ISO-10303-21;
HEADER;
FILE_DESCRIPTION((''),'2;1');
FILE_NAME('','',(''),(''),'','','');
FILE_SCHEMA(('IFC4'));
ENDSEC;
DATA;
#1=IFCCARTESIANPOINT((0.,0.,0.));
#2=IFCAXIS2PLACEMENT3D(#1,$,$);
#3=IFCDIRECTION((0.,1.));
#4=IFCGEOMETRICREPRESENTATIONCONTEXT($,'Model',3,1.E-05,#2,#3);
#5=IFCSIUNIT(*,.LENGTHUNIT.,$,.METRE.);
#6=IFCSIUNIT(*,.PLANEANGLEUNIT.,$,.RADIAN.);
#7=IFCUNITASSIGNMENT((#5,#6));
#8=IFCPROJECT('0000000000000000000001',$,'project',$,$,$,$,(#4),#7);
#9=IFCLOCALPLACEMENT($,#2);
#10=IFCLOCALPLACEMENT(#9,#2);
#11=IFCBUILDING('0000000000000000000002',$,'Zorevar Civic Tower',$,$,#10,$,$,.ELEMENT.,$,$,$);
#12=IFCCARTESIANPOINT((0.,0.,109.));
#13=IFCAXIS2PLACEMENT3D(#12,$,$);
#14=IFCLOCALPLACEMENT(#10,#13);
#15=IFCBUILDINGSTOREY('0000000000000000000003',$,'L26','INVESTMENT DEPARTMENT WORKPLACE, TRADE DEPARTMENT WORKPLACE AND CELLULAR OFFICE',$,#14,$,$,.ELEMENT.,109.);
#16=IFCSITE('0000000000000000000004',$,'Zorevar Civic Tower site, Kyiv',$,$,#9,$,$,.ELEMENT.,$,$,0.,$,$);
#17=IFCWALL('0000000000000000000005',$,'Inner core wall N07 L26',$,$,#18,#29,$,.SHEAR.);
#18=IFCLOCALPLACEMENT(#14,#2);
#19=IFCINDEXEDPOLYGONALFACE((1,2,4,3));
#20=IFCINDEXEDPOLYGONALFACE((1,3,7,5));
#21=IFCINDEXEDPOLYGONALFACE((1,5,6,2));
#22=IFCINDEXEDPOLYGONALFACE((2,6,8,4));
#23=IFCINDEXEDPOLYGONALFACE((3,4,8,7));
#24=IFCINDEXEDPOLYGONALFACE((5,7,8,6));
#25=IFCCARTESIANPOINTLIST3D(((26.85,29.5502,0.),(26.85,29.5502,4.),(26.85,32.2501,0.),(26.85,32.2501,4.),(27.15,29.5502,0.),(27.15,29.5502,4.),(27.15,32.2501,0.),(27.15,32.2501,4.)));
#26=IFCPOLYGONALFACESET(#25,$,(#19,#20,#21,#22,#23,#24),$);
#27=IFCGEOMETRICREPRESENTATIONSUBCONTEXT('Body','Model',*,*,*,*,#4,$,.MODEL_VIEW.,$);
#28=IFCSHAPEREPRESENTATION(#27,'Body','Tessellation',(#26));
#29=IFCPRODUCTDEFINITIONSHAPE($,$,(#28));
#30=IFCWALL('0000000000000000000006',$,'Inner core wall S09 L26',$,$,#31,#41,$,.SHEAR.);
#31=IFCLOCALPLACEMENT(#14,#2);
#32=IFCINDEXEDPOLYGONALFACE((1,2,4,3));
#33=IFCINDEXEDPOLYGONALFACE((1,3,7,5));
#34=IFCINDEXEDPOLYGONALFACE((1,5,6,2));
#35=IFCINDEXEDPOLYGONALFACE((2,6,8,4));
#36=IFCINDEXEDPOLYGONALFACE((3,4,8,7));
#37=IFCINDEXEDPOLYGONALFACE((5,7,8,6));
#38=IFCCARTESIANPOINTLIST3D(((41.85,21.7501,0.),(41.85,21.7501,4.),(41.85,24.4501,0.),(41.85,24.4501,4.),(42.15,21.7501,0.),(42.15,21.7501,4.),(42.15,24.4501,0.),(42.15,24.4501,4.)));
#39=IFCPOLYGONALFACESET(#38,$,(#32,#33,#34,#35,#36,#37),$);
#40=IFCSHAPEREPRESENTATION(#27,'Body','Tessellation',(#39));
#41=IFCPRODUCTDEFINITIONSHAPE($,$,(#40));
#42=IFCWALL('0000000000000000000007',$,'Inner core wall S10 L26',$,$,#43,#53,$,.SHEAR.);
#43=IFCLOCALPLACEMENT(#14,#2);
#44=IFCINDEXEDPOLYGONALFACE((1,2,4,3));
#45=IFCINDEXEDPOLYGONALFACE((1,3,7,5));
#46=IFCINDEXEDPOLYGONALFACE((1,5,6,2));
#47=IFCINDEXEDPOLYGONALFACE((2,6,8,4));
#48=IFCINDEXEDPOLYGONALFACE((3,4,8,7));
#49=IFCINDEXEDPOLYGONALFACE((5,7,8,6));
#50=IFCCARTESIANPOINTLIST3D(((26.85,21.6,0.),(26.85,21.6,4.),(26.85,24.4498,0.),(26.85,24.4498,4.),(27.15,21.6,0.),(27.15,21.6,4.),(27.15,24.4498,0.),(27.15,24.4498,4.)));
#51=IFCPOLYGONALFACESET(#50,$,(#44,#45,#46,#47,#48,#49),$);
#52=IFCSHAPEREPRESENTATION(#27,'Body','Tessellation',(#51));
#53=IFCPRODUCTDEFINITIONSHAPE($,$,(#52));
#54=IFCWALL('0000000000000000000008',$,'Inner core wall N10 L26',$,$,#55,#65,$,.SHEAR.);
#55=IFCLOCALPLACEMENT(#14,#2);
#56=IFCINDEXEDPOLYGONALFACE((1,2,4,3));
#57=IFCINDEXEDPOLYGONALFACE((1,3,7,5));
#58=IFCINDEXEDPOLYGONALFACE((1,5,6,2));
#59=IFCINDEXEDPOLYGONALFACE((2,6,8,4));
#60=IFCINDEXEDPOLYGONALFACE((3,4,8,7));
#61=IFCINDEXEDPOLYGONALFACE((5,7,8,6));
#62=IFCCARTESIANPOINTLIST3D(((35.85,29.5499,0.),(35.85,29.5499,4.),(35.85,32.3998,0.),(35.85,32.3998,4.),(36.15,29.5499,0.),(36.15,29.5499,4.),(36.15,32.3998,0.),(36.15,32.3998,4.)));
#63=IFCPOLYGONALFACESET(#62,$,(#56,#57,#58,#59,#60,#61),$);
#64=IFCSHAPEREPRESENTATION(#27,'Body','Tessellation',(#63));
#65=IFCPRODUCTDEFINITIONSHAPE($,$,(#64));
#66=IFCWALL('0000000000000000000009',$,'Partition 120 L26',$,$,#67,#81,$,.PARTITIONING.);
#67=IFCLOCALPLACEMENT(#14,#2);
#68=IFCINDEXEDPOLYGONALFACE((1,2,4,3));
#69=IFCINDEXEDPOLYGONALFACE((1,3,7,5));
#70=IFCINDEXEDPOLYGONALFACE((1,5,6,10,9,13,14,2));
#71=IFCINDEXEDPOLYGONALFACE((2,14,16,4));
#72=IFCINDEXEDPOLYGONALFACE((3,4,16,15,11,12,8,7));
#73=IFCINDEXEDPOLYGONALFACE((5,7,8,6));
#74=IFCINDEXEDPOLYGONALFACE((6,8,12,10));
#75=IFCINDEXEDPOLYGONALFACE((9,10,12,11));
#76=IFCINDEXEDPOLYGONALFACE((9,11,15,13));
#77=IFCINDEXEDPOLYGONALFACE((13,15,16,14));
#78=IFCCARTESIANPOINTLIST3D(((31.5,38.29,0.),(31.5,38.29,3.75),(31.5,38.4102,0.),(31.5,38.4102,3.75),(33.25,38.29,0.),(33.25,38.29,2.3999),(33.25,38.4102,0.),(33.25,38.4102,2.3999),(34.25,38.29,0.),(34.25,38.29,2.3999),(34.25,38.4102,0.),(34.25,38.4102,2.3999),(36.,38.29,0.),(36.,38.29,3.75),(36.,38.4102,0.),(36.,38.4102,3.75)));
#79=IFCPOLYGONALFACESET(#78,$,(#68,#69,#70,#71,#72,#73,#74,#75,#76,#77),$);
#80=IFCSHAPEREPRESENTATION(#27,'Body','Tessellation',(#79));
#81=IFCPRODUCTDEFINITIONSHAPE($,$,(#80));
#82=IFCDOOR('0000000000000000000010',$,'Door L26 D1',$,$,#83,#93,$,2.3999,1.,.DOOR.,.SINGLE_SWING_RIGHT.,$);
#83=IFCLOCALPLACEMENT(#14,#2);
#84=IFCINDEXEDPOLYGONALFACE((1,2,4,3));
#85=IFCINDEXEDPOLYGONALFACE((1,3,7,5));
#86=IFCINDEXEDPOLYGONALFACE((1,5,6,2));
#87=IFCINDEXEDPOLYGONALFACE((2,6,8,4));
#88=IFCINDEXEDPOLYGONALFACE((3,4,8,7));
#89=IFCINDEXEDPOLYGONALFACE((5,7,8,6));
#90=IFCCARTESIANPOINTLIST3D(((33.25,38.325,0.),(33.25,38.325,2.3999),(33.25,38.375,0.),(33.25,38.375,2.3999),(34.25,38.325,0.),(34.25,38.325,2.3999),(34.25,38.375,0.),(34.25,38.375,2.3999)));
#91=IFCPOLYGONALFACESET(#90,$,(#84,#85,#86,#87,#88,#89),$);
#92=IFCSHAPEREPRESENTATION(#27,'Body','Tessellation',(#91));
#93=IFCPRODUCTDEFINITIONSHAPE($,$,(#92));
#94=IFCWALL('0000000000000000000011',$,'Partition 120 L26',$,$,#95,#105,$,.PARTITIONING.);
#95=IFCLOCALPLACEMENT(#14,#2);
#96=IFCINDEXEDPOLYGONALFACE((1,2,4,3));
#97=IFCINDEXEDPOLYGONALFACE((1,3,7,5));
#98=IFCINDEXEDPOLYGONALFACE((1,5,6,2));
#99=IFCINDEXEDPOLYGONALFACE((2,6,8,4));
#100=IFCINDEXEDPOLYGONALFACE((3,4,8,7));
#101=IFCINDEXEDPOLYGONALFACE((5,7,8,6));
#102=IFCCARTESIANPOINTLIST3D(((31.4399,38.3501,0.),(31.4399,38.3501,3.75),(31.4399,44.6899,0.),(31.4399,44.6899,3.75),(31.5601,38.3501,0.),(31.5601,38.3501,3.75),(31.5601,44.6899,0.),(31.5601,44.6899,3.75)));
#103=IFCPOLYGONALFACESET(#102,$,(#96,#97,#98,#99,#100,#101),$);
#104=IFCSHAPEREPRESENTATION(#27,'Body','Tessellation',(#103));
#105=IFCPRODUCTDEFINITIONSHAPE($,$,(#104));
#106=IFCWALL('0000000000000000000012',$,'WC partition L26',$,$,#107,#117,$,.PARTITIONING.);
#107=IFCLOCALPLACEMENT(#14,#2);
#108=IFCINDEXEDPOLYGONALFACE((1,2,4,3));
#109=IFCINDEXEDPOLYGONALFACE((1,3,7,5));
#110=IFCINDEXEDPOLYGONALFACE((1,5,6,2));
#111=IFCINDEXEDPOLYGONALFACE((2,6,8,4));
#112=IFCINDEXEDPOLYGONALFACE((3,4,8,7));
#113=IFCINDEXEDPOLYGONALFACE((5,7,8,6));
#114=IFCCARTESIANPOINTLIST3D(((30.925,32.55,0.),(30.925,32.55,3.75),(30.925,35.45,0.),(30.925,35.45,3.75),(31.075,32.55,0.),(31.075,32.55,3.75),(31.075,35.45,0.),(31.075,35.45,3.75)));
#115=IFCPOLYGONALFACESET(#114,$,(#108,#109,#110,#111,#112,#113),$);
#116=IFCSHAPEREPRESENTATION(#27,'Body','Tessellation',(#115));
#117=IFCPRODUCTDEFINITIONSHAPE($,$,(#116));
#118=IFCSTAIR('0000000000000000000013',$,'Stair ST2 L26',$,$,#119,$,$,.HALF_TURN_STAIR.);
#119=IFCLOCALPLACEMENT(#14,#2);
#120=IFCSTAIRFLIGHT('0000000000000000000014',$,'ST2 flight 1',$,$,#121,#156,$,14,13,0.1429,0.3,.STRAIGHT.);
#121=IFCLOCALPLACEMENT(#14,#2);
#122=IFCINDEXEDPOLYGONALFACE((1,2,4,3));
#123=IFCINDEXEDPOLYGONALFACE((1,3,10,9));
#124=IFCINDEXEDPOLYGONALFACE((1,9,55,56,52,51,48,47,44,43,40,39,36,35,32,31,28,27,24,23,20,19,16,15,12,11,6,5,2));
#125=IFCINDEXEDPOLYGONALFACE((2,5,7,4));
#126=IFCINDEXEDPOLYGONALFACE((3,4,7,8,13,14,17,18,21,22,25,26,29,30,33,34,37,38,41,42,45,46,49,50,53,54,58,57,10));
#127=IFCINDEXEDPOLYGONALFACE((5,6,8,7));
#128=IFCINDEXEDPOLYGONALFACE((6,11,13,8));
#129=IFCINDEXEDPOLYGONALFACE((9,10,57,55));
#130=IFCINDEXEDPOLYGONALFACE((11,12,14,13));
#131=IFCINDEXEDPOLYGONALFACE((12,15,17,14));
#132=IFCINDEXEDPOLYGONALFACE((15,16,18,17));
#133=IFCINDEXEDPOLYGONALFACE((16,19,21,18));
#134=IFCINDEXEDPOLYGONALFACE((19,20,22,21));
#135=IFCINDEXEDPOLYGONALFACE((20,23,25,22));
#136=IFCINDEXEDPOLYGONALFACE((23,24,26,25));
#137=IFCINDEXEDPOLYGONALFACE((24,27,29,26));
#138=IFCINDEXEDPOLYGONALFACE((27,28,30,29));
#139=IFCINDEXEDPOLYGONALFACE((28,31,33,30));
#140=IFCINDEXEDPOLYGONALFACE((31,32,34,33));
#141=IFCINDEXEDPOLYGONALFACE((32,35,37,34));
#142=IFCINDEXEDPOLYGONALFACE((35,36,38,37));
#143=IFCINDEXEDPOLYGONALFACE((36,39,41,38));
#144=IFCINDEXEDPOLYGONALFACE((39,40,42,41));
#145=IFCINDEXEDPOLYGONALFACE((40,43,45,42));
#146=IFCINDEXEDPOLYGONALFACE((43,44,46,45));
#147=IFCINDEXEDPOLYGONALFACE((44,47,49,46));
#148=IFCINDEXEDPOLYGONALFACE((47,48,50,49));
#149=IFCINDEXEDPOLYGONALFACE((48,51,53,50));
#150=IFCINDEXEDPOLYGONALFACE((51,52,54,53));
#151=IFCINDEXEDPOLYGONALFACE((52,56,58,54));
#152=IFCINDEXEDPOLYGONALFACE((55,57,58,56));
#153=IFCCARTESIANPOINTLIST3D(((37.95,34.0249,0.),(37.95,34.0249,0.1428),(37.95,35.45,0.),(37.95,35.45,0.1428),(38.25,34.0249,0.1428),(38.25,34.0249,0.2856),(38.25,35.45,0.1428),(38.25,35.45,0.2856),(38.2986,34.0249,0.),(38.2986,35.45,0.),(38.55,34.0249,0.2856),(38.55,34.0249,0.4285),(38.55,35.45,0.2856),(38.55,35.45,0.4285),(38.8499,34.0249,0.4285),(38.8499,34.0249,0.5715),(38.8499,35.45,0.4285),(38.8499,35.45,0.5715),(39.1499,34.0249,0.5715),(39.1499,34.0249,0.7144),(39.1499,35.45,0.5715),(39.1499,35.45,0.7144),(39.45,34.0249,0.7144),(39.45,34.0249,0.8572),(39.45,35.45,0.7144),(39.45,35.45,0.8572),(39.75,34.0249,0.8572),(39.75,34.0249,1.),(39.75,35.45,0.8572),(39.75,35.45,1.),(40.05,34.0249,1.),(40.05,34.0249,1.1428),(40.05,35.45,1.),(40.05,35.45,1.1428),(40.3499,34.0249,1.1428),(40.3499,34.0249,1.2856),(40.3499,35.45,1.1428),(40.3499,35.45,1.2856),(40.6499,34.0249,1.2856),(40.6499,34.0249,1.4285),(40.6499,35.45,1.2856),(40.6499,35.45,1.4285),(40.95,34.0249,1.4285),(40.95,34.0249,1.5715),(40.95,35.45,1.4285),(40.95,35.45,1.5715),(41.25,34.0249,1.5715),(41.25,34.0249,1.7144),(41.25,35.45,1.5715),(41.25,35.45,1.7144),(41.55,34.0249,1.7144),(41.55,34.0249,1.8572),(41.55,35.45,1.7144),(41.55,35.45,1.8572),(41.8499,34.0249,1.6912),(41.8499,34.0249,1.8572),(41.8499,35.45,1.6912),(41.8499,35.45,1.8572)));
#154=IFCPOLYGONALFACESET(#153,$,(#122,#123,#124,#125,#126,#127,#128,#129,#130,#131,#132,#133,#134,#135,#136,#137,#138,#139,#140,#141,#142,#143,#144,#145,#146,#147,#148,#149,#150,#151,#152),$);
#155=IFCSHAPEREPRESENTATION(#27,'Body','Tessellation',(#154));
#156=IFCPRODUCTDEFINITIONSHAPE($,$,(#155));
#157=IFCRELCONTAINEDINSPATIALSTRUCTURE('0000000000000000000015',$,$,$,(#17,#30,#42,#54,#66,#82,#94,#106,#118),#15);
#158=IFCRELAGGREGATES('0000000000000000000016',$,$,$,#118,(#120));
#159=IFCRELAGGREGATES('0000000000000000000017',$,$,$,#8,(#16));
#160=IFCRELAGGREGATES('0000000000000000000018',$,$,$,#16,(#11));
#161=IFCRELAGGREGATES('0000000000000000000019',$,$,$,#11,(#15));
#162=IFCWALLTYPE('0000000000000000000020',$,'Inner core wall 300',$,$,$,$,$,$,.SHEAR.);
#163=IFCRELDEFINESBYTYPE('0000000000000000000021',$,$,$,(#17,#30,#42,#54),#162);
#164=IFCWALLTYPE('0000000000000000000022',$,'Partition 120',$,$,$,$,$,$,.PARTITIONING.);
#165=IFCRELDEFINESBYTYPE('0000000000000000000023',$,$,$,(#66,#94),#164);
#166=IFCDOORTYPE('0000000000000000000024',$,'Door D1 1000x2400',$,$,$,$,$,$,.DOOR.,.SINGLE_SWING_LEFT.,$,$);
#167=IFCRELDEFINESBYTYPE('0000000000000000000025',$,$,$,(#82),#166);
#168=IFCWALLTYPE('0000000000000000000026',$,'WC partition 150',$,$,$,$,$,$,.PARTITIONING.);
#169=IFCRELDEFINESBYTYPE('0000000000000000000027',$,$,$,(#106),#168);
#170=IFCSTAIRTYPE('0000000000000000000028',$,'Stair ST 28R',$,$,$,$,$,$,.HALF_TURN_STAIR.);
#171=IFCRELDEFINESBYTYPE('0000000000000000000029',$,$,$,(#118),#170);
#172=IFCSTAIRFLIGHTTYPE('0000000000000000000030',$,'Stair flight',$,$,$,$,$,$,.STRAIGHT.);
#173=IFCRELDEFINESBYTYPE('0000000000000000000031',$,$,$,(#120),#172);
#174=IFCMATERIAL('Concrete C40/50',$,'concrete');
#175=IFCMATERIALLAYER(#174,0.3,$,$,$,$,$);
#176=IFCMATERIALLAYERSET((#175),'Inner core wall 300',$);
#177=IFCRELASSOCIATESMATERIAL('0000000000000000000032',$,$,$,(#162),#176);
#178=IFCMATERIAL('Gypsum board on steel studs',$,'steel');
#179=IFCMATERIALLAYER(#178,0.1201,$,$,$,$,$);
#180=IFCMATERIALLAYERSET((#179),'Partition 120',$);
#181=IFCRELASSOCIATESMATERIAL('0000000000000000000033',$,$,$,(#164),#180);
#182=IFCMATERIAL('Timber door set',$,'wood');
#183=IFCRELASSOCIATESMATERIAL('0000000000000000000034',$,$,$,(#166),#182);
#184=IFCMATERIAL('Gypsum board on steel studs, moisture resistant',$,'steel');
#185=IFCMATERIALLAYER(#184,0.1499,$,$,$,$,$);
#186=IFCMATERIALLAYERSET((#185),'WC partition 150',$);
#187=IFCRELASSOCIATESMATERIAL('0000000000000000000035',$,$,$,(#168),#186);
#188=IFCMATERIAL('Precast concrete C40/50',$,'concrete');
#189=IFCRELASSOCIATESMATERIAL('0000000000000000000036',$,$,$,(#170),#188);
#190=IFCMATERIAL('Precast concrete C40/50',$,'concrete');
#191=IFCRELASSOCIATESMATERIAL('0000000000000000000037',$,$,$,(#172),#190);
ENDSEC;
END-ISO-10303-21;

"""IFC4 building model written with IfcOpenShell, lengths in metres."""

from ifc_helpers import new_model, si_unit, direction, frame, frame_2d, origin, place, context, subcontext, project, spatial, polyline, rectangle, outline, extrude, material, layer, layer_set, type_object, element, fill, aggregate, save


model = new_model("IFC4")

# Units and contexts
model_context = context("Model", 3, precision=1e-05, world=origin(), true_north=direction((0.0, 1.0)))
body_context = subcontext(model_context, "Body", "Model", "MODEL_VIEW")
ifc_project = project(units=[si_unit("LENGTHUNIT", "METRE"), si_unit("PLANEANGLEUNIT", "RADIAN")], contexts=[model_context])

# Site, building, storey
site_placement = place(None, origin())
site = spatial("IfcSite", under=ifc_project, at=site_placement, Name="Zorevar Civic Tower site, Kyiv", CompositionType="ELEMENT", RefElevation=0.0)
building_placement = place(site_placement, origin())
building = spatial("IfcBuilding", under=site, at=building_placement, Name="Zorevar Civic Tower", CompositionType="ELEMENT")
storey_placement = place(building_placement, frame((0.0, 0.0, 109.0)))
storey = spatial("IfcBuildingStorey", under=building, at=storey_placement, Name="L26", Description="INVESTMENT DEPARTMENT WORKPLACE, TRADE DEPARTMENT WORKPLACE AND CELLULAR OFFICE", CompositionType="ELEMENT", Elevation=109.0)

# Shared definitions
ifc_material_1 = material(Name="Concrete C40/50", Category="concrete")
ifc_layer_1 = layer(ifc_material_1, 0.3)
ifc_layer_set_1 = layer_set([ifc_layer_1], Name="Inner core wall 300")
wall_type_1 = type_object("IfcWallType", Name="Inner core wall 300", PredefinedType="SHEAR", material=ifc_layer_set_1)

# Walls
for number, where, z_axis, x_axis, name in (
    (1, (27.0, 29.55, 0.0), (0.0, 0.0, 1.0), (0.0, 1.0, 0.0), "Inner core wall N07 L26"),
    (2, (42.0, 21.75, 0.0), (0.0, 0.0, 1.0), (0.0, 1.0, 0.0), "Inner core wall S09 L26"),
):
    element("IfcWall", number, at=place(storey_placement, frame(where, z_axis=z_axis, x_axis=x_axis)), inside=storey, type_object=wall_type_1, Name=name, PredefinedType="SHEAR", context=body_context, shape_type="SweptSolid", body=[
        extrude(rectangle(XDim=2.7, YDim=0.3, at=frame_2d((1.3501, 0.0))), origin(), (0.0, 0.0, 1.0), 4.0),
    ])
for number, where, z_axis, x_axis, name in (
    (3, (27.0, 21.6001, 0.0), (0.0, 0.0, 1.0), (0.0, 1.0, 0.0), "Inner core wall S10 L26"),
    (4, (36.0, 29.55, 0.0), (0.0, 0.0, 1.0), (0.0, 1.0, 0.0), "Inner core wall N10 L26"),
):
    element("IfcWall", number, at=place(storey_placement, frame(where, z_axis=z_axis, x_axis=x_axis)), inside=storey, type_object=wall_type_1, Name=name, PredefinedType="SHEAR", context=body_context, shape_type="SweptSolid", body=[
        extrude(rectangle(XDim=2.8499, YDim=0.3, at=frame_2d((1.4248, 0.0))), origin(), (0.0, 0.0, 1.0), 4.0),
    ])

# Wall, opening, door
ifc_material_2 = material(Name="Gypsum board on steel studs", Category="steel")
ifc_layer_2 = layer(ifc_material_2, 0.1201)
ifc_layer_set_2 = layer_set([ifc_layer_2], Name="Partition 120")
wall_type_2 = type_object("IfcWallType", Name="Partition 120", PredefinedType="PARTITIONING", material=ifc_layer_set_2)
wall_1_placement = place(storey_placement, frame((31.5, 38.3501, 0.0), z_axis=(0.0, 0.0, 1.0), x_axis=(1.0, 0.0, 0.0)))
wall_1 = element("IfcWall", 5, at=wall_1_placement, inside=storey, type_object=wall_type_2, Name="Partition 120 L26", PredefinedType="PARTITIONING", context=body_context, shape_type="SweptSolid", body=[
    extrude(rectangle(XDim=4.5, YDim=0.1201, at=frame_2d((2.25, 0.0))), origin(), (0.0, 0.0, 1.0), 3.75),
])
opening_1_placement = place(wall_1_placement, frame((1.75, 0.0, 0.0)))
opening_1 = element("IfcOpeningElement", 6, at=opening_1_placement, cuts=wall_1, PredefinedType="OPENING", context=body_context, shape_type="SweptSolid", body=[
    extrude(rectangle(XDim=1.0, YDim=2.3999, at=frame_2d((0.5, 1.2))), frame((0.0, 0.0701, 0.0), z_axis=(0.0, -1.0, 0.0), x_axis=(1.0, 0.0, 0.0)), (0.0, 0.0, 1.0), 0.1401),
])
ifc_material_3 = material(Name="Timber door set", Category="wood")
door_type_1 = type_object("IfcDoorType", Name="Door D1 1000x2400", OperationType="SINGLE_SWING_LEFT", PredefinedType="DOOR", material=ifc_material_3)
door_1_placement = place(opening_1_placement, origin())
door_1 = element("IfcDoor", 7, at=door_1_placement, inside=storey, type_object=door_type_1, Name="Door L26 D1", OperationType="SINGLE_SWING_RIGHT", OverallHeight=2.3999, OverallWidth=1.0, PredefinedType="DOOR", context=body_context, shape_type="SweptSolid", body=[
    extrude(rectangle(XDim=1.0, YDim=2.3999, at=frame_2d((0.5, 1.2))), frame((0.0, 0.0249, 0.0), z_axis=(0.0, -1.0, 0.0), x_axis=(1.0, 0.0, 0.0)), (0.0, 0.0, 1.0), 0.05),
])
fill(opening_1, door_1)

# Walls
wall_2_placement = place(storey_placement, frame((31.5, 38.3501, 0.0), z_axis=(0.0, 0.0, 1.0), x_axis=(0.0, 1.0, 0.0)))
element("IfcWall", 8, at=wall_2_placement, inside=storey, type_object=wall_type_2, Name="Partition 120 L26", PredefinedType="PARTITIONING", context=body_context, shape_type="SweptSolid", body=[
    extrude(rectangle(XDim=6.3398, YDim=0.1201, at=frame_2d((3.1699, 0.0))), origin(), (0.0, 0.0, 1.0), 3.75),
])
ifc_material_4 = material(Name="Gypsum board on steel studs, moisture resistant", Category="steel")
ifc_layer_3 = layer(ifc_material_4, 0.1499)
ifc_layer_set_3 = layer_set([ifc_layer_3], Name="WC partition 150")
wall_type_3 = type_object("IfcWallType", Name="WC partition 150", PredefinedType="PARTITIONING", material=ifc_layer_set_3)
wall_3_placement = place(storey_placement, frame((31.0, 32.55, 0.0), z_axis=(0.0, 0.0, 1.0), x_axis=(0.0, 1.0, 0.0)))
element("IfcWall", 9, at=wall_3_placement, inside=storey, type_object=wall_type_3, Name="WC partition L26", PredefinedType="PARTITIONING", context=body_context, shape_type="SweptSolid", body=[
    extrude(rectangle(XDim=2.8999, YDim=0.1499, at=frame_2d((1.45, 0.0))), origin(), (0.0, 0.0, 1.0), 3.75),
])

# Stair, stair flight
ifc_material_5 = material(Name="Precast concrete C40/50", Category="concrete")
stair_type = type_object("IfcStairType", Name="Stair ST 28R", PredefinedType="HALF_TURN_STAIR", material=ifc_material_5)
stair_placement = place(storey_placement, origin())
stair = element("IfcStair", 10, at=stair_placement, inside=storey, type_object=stair_type, Name="Stair ST2 L26", PredefinedType="HALF_TURN_STAIR")
ifc_material_6 = material(Name="Precast concrete C40/50", Category="concrete")
stair_flight_type = type_object("IfcStairFlightType", Name="Stair flight", PredefinedType="STRAIGHT", material=ifc_material_6)
stair_flight_1_placement = place(storey_placement, frame((37.95, 34.7375, 0.0), z_axis=(0.0, 0.0, 1.0), x_axis=(1.0, 0.0, 0.0)))
stair_flight_1 = element("IfcStairFlight", 11, at=stair_flight_1_placement, type_object=stair_flight_type, Name="ST2 flight 1", NumberOfRisers=14, NumberOfTreads=13, PredefinedType="STRAIGHT", RiserHeight=0.1429, TreadLength=0.3, context=body_context, shape_type="SweptSolid", body=[
    extrude(outline(polyline([(0.0, 0.0), (0.0, 0.1428), (0.3, 0.1428), (0.3, 0.2856), (0.6001, 0.2856), (0.6001, 0.4285), (0.8999, 0.4285), (0.8999, 0.5715), (1.2, 0.5715), (1.2, 0.7144), (1.5, 0.7144), (1.5, 0.8572), (1.8, 0.8572), (1.8, 1.0), (2.1001, 1.0), (2.1001, 1.1428), (2.3999, 1.1428), (2.3999, 1.2856), (2.7, 1.2856), (2.7, 1.4285), (3.0, 1.4285), (3.0, 1.5715), (3.3, 1.5715), (3.3, 1.7144), (3.6001, 1.7144), (3.6001, 1.8572), (3.8999, 1.8572), (3.8999, 2.0), (3.8999, 1.6912), (0.3486, 0.0), (0.0, 0.0)])), frame((0.0, 0.7124, 0.0), z_axis=(0.0, -1.0, 0.0), x_axis=(1.0, 0.0, 0.0)), (0.0, 0.0, 1.0), 1.425),
])
aggregate(stair, [stair_flight_1])

save(model, "model.ifc")
